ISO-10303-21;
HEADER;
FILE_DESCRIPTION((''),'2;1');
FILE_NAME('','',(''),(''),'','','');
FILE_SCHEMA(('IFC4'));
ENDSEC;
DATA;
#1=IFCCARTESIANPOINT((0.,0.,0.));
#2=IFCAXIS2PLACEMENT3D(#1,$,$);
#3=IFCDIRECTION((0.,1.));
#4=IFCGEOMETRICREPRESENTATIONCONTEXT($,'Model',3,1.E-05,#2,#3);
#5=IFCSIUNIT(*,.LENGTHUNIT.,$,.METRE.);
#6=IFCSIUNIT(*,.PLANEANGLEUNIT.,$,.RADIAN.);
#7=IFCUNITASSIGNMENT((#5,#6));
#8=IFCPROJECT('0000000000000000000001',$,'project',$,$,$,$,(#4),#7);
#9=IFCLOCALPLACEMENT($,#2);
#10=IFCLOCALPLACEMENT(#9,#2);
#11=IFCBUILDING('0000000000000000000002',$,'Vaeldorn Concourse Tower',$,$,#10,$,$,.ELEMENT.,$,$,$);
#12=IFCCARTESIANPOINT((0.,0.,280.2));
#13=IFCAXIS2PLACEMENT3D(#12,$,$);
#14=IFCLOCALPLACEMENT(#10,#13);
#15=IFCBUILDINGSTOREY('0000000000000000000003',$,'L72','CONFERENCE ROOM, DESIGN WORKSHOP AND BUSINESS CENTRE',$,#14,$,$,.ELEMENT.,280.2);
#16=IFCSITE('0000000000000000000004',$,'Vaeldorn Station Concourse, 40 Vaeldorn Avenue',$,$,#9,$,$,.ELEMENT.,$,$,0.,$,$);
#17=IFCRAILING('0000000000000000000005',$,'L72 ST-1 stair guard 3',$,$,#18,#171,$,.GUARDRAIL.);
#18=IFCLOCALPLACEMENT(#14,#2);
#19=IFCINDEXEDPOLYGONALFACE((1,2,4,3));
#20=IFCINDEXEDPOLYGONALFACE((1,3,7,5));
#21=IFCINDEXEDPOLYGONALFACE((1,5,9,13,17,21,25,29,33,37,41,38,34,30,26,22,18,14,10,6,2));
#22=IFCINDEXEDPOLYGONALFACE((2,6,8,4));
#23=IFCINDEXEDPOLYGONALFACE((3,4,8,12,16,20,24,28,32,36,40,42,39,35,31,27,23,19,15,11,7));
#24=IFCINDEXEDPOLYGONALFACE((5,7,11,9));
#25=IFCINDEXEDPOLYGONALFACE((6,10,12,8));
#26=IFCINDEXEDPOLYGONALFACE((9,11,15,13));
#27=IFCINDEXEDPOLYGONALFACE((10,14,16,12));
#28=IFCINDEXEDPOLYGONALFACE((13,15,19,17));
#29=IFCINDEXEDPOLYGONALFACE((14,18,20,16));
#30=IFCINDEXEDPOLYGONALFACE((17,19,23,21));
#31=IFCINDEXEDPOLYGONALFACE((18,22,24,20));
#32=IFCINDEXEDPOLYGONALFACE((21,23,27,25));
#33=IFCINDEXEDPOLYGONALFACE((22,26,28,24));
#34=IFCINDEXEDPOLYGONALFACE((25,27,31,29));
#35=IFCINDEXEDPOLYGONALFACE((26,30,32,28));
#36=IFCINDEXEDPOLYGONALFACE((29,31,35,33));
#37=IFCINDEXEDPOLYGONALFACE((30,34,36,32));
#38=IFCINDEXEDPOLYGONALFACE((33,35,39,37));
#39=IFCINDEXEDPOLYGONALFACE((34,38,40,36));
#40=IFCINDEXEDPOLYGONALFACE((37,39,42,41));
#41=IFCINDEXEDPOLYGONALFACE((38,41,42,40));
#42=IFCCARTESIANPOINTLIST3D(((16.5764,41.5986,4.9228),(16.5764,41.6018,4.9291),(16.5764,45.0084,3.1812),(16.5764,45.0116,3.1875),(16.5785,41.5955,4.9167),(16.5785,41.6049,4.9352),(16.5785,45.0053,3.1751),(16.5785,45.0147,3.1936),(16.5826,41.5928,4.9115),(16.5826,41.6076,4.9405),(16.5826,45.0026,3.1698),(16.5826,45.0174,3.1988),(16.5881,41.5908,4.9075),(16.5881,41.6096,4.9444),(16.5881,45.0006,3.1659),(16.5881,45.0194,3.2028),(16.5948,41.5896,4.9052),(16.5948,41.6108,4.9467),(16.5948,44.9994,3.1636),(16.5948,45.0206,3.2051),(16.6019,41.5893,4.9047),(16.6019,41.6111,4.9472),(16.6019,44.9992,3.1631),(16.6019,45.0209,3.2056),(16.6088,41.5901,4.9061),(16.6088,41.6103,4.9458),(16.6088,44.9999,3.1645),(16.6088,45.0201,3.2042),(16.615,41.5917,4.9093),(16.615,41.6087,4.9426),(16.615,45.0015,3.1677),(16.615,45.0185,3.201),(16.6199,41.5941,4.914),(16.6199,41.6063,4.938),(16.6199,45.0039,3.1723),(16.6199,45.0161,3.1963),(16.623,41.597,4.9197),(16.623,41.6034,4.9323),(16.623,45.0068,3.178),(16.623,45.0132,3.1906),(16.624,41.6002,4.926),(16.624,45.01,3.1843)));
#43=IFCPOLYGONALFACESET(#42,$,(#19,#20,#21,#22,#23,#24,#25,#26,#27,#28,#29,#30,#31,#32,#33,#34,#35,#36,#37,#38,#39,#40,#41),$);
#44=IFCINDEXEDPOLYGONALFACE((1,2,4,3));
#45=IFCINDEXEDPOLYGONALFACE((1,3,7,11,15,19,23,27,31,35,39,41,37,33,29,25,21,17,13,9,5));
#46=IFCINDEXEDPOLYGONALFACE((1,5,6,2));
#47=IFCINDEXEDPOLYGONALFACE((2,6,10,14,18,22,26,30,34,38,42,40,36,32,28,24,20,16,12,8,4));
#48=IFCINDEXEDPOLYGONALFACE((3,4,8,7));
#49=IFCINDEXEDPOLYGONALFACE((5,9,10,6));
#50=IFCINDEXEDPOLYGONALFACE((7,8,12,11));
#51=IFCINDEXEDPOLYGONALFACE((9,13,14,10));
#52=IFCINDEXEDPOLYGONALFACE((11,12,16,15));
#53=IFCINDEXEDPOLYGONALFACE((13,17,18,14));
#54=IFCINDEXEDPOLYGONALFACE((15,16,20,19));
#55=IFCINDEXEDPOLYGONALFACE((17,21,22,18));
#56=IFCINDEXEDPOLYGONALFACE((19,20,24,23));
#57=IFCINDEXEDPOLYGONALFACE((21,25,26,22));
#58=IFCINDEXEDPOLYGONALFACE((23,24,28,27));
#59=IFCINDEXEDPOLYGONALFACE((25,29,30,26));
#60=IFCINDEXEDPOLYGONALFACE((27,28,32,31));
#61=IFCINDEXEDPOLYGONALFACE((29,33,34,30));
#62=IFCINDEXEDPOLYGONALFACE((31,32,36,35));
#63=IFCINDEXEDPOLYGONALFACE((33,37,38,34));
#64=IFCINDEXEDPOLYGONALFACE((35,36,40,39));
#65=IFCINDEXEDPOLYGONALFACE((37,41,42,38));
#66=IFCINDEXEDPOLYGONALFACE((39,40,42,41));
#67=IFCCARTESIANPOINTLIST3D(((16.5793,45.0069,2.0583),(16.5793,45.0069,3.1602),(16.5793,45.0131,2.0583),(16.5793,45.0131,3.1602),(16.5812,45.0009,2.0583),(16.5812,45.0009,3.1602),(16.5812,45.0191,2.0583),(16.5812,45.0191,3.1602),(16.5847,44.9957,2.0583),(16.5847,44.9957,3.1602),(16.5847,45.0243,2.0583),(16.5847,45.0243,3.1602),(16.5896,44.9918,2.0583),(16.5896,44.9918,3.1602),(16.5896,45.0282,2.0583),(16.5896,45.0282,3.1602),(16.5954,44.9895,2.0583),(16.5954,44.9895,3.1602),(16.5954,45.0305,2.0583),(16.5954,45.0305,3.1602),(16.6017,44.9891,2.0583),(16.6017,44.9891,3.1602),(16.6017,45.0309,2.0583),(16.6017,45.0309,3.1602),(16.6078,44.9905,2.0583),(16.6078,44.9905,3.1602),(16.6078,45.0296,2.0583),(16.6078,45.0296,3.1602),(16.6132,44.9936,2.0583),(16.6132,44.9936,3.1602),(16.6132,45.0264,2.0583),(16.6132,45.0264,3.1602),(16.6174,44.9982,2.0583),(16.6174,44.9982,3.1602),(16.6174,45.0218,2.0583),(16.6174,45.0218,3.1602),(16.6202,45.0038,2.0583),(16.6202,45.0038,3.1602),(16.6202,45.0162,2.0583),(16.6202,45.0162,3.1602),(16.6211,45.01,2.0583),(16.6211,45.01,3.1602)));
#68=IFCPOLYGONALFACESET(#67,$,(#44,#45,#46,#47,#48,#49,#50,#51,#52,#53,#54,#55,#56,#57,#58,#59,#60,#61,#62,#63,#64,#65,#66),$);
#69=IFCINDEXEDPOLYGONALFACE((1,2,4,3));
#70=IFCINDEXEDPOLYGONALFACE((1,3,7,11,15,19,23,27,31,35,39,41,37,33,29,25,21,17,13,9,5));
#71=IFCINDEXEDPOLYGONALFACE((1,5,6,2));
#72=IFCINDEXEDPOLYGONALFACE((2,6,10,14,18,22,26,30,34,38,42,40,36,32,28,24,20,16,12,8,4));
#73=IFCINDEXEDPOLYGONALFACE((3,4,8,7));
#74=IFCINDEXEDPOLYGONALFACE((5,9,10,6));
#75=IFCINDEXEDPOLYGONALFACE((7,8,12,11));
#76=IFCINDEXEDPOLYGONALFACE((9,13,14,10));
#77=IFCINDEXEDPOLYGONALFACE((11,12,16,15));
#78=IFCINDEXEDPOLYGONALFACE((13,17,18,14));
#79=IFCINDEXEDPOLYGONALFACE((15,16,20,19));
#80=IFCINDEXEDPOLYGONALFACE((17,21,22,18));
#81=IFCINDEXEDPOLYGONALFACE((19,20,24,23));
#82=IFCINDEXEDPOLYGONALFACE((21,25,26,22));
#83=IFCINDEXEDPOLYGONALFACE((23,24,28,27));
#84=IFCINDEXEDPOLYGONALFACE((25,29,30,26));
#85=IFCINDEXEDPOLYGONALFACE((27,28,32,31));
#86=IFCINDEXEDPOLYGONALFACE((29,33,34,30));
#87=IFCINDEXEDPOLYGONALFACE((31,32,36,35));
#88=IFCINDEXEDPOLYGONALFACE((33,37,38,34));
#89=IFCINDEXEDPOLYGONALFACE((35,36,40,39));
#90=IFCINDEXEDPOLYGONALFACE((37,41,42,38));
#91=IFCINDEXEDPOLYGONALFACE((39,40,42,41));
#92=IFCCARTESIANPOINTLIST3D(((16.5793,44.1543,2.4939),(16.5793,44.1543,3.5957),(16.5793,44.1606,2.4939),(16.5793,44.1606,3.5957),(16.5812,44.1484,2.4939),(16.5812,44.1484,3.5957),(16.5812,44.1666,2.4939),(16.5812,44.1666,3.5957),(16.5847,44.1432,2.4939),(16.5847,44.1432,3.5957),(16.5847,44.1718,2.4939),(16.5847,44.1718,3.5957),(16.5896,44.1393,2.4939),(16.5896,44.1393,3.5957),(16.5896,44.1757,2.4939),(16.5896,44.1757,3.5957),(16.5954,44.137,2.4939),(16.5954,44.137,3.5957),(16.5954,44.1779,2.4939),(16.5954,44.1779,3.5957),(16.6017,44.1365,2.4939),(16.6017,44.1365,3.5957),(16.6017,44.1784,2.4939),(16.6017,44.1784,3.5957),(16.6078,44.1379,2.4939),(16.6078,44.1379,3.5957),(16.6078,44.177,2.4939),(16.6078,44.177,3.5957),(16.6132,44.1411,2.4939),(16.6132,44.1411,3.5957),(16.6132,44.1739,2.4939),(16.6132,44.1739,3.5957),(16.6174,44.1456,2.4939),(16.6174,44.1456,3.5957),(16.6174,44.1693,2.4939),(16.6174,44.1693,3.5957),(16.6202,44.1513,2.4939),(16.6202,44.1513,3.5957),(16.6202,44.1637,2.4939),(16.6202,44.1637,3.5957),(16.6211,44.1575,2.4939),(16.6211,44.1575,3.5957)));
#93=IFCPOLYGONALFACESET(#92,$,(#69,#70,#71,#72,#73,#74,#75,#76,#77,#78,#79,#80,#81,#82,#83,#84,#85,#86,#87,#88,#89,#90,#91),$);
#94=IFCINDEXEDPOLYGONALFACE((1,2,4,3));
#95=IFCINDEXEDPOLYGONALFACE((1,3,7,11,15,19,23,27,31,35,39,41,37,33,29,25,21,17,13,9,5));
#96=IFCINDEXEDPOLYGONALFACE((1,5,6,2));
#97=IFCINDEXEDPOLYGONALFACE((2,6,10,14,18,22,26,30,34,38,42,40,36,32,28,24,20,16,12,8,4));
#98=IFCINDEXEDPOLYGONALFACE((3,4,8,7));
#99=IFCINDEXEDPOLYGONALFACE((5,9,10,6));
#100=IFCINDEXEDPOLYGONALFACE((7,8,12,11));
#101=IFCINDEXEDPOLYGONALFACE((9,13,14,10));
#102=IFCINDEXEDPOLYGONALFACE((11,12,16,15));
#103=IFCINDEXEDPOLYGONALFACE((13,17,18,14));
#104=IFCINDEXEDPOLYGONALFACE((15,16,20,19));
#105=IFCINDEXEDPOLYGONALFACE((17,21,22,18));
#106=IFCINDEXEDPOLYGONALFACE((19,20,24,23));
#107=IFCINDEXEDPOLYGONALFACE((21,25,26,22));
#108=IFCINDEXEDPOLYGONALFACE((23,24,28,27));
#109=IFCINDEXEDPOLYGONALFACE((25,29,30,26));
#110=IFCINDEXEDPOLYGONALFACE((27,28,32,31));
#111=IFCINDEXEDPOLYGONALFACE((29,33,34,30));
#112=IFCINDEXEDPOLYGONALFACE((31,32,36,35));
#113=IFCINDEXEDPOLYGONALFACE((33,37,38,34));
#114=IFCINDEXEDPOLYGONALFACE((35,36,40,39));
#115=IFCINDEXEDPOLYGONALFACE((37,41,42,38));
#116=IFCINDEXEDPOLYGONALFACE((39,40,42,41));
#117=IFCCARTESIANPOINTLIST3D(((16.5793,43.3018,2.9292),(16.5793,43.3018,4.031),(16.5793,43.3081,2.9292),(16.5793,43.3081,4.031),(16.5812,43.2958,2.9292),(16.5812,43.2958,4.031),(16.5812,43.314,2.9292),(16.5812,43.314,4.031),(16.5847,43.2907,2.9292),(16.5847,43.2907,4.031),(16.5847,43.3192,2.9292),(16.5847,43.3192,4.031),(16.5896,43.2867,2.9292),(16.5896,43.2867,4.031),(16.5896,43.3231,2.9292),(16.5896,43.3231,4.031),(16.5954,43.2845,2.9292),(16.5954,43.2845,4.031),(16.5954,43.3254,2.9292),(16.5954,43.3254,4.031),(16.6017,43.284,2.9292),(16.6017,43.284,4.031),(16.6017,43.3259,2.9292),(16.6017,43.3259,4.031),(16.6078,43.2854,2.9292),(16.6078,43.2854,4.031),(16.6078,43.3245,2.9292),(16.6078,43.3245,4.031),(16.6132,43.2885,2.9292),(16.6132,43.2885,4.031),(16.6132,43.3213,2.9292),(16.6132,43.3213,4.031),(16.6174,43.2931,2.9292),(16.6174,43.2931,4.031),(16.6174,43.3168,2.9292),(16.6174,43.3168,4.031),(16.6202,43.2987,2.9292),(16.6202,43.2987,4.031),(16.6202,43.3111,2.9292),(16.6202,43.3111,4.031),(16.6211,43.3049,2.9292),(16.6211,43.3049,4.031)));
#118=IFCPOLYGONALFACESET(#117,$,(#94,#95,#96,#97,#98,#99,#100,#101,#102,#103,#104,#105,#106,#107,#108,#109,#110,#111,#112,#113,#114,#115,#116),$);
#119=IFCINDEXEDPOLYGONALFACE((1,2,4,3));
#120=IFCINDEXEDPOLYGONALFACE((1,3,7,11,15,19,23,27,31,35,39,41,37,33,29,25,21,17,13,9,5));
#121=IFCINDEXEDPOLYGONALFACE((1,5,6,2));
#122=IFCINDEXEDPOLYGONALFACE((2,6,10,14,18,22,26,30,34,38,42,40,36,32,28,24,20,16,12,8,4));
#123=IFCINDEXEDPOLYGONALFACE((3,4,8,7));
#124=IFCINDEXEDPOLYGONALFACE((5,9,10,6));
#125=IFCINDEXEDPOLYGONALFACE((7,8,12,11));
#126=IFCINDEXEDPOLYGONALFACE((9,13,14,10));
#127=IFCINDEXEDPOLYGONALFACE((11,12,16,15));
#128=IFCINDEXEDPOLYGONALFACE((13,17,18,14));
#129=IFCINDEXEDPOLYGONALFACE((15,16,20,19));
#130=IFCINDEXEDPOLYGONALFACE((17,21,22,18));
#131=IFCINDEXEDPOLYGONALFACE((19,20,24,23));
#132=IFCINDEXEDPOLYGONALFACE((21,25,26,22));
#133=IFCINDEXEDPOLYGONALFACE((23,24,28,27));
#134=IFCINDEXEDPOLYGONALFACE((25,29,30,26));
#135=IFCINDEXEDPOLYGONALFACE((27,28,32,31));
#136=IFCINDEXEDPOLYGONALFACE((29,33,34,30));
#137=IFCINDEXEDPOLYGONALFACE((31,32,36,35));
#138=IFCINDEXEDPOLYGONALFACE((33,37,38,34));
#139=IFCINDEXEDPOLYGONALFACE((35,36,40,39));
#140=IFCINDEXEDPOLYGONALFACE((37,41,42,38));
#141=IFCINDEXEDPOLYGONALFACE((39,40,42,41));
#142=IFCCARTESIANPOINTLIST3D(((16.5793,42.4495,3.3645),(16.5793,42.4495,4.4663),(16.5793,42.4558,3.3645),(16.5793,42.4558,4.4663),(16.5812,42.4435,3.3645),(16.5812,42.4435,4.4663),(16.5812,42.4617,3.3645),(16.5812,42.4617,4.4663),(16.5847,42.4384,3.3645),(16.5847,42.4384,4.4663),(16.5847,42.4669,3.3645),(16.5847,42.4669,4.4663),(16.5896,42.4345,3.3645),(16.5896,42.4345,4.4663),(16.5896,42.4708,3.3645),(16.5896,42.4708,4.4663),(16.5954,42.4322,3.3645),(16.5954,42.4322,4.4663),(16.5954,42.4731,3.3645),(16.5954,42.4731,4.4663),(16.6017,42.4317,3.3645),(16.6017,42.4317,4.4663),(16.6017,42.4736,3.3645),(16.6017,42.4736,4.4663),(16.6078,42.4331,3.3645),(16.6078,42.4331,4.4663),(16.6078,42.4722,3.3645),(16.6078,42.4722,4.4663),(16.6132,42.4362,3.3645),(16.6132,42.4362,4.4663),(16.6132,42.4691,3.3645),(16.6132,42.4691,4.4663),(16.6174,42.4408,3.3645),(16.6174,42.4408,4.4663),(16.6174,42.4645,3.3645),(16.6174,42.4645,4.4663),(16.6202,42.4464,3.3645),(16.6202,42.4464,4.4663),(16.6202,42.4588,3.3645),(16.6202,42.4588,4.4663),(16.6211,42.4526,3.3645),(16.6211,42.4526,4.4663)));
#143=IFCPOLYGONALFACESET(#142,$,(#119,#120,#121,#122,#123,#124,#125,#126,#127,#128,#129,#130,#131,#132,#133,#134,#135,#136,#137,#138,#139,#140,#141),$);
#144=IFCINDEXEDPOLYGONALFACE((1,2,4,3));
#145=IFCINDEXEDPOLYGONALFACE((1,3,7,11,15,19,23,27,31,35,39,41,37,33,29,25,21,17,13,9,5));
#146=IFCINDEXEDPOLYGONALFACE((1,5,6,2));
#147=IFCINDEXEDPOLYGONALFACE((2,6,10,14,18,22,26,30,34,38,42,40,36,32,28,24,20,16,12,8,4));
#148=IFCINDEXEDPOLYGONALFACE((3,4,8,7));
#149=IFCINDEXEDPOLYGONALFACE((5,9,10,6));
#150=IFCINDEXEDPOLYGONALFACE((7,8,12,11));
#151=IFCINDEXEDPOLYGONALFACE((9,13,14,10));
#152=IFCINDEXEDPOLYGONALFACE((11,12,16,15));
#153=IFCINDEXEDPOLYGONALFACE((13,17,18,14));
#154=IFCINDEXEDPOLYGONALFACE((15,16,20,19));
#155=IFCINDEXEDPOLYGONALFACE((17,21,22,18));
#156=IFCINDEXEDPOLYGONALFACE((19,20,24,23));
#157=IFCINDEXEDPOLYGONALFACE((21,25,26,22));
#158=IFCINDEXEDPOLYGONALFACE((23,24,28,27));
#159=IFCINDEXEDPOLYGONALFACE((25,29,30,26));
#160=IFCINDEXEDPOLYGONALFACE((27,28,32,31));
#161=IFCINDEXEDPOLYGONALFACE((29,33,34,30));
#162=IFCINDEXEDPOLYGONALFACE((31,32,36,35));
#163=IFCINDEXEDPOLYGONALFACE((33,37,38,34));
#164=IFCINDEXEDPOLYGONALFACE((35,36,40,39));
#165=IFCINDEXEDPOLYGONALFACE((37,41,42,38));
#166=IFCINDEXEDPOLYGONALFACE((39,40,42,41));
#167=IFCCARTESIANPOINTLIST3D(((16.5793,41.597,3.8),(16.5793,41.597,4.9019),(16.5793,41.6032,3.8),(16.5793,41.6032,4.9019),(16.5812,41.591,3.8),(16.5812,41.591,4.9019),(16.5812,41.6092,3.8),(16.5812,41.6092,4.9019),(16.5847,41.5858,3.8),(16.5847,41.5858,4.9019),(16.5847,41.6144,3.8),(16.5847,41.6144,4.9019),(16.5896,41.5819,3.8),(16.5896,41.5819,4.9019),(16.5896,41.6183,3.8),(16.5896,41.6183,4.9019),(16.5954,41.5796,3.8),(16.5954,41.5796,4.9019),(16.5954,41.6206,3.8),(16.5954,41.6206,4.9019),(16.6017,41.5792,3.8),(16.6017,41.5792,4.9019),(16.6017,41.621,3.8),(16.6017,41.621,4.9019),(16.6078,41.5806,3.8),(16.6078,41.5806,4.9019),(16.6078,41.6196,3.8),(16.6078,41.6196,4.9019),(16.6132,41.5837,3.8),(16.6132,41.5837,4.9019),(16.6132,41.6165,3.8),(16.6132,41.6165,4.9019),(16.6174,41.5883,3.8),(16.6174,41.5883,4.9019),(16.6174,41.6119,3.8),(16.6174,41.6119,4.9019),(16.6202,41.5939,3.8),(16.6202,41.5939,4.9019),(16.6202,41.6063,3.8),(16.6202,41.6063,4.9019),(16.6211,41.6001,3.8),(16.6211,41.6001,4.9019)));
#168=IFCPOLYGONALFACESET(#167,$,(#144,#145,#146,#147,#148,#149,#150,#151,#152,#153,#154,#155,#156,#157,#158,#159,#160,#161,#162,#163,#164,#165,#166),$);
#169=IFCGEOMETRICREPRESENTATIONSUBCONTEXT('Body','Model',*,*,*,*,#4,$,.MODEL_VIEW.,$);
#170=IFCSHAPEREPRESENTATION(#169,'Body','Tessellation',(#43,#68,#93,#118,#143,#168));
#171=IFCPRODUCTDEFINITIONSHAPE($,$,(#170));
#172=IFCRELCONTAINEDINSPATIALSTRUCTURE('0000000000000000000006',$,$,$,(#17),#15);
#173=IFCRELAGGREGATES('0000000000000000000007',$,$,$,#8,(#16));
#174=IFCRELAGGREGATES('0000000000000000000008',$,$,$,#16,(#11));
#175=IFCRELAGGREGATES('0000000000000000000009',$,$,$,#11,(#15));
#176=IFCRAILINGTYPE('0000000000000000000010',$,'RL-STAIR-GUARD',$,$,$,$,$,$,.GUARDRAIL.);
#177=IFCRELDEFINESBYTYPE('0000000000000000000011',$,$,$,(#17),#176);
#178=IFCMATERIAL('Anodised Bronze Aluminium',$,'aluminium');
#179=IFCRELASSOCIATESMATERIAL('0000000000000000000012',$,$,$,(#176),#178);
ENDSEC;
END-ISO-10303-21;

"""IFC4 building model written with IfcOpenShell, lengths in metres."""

from ifc_helpers import new_model, si_unit, direction, frame, origin, origin_2d, place, context, subcontext, project, spatial, circle, extrude, material, type_object, element, save


model = new_model("IFC4")

# Units and contexts
model_context = context("Model", 3, precision=1e-05, world=origin(), true_north=direction((0.0, 1.0)))
body_context = subcontext(model_context, "Body", "Model", "MODEL_VIEW")
ifc_project = project(units=[si_unit("LENGTHUNIT", "METRE"), si_unit("PLANEANGLEUNIT", "RADIAN")], contexts=[model_context])

# Site, building, storey
site_placement = place(None, origin())
site = spatial("IfcSite", under=ifc_project, at=site_placement, Name="Vaeldorn Station Concourse, 40 Vaeldorn Avenue", CompositionType="ELEMENT", RefElevation=0.0)
building_placement = place(site_placement, origin())
building = spatial("IfcBuilding", under=site, at=building_placement, Name="Vaeldorn Concourse Tower", CompositionType="ELEMENT")
storey_placement = place(building_placement, frame((0.0, 0.0, 280.2)))
storey = spatial("IfcBuildingStorey", under=building, at=storey_placement, Name="L72", Description="CONFERENCE ROOM, DESIGN WORKSHOP AND BUSINESS CENTRE", CompositionType="ELEMENT", Elevation=280.2)

# Shared definitions
ifc_material_1 = material(Name="Anodised Bronze Aluminium", Category="aluminium")

# Railing
railing_type_1 = type_object("IfcRailingType", Name="RL-STAIR-GUARD", PredefinedType="GUARDRAIL", material=ifc_material_1)
railing_1_placement = place(storey_placement, frame((16.6001, 45.01, 2.0583)))
element("IfcRailing", 1, at=railing_1_placement, inside=storey, type_object=railing_type_1, Name="L72 ST-1 stair guard 3", PredefinedType="GUARDRAIL", context=body_context, shape_type="SweptSolid", body=[
    extrude(circle(Radius=0.0239, at=origin_2d()), frame((0.0, 0.0, 1.126), z_axis=(0.0, -0.890556, 0.454874), x_axis=(1.0, 0.0, 0.0)), (0.0, 0.0, 1.0), 3.8289),
    extrude(circle(Radius=0.021, at=origin_2d()), origin(), (0.0, 0.0, 1.0), 1.1018),
    extrude(circle(Radius=0.021, at=origin_2d()), frame((0.0, -0.8525, 0.4355)), (0.0, 0.0, 1.0), 1.1018),
    extrude(circle(Radius=0.021, at=origin_2d()), frame((0.0, -1.7051, 0.8708)), (0.0, 0.0, 1.0), 1.1018),
    extrude(circle(Radius=0.021, at=origin_2d()), frame((0.0, -2.5574, 1.3062)), (0.0, 0.0, 1.0), 1.1018),
    extrude(circle(Radius=0.021, at=origin_2d()), frame((0.0, -3.4099, 1.7417)), (0.0, 0.0, 1.0), 1.1018),
])

save(model, "model.ifc")
